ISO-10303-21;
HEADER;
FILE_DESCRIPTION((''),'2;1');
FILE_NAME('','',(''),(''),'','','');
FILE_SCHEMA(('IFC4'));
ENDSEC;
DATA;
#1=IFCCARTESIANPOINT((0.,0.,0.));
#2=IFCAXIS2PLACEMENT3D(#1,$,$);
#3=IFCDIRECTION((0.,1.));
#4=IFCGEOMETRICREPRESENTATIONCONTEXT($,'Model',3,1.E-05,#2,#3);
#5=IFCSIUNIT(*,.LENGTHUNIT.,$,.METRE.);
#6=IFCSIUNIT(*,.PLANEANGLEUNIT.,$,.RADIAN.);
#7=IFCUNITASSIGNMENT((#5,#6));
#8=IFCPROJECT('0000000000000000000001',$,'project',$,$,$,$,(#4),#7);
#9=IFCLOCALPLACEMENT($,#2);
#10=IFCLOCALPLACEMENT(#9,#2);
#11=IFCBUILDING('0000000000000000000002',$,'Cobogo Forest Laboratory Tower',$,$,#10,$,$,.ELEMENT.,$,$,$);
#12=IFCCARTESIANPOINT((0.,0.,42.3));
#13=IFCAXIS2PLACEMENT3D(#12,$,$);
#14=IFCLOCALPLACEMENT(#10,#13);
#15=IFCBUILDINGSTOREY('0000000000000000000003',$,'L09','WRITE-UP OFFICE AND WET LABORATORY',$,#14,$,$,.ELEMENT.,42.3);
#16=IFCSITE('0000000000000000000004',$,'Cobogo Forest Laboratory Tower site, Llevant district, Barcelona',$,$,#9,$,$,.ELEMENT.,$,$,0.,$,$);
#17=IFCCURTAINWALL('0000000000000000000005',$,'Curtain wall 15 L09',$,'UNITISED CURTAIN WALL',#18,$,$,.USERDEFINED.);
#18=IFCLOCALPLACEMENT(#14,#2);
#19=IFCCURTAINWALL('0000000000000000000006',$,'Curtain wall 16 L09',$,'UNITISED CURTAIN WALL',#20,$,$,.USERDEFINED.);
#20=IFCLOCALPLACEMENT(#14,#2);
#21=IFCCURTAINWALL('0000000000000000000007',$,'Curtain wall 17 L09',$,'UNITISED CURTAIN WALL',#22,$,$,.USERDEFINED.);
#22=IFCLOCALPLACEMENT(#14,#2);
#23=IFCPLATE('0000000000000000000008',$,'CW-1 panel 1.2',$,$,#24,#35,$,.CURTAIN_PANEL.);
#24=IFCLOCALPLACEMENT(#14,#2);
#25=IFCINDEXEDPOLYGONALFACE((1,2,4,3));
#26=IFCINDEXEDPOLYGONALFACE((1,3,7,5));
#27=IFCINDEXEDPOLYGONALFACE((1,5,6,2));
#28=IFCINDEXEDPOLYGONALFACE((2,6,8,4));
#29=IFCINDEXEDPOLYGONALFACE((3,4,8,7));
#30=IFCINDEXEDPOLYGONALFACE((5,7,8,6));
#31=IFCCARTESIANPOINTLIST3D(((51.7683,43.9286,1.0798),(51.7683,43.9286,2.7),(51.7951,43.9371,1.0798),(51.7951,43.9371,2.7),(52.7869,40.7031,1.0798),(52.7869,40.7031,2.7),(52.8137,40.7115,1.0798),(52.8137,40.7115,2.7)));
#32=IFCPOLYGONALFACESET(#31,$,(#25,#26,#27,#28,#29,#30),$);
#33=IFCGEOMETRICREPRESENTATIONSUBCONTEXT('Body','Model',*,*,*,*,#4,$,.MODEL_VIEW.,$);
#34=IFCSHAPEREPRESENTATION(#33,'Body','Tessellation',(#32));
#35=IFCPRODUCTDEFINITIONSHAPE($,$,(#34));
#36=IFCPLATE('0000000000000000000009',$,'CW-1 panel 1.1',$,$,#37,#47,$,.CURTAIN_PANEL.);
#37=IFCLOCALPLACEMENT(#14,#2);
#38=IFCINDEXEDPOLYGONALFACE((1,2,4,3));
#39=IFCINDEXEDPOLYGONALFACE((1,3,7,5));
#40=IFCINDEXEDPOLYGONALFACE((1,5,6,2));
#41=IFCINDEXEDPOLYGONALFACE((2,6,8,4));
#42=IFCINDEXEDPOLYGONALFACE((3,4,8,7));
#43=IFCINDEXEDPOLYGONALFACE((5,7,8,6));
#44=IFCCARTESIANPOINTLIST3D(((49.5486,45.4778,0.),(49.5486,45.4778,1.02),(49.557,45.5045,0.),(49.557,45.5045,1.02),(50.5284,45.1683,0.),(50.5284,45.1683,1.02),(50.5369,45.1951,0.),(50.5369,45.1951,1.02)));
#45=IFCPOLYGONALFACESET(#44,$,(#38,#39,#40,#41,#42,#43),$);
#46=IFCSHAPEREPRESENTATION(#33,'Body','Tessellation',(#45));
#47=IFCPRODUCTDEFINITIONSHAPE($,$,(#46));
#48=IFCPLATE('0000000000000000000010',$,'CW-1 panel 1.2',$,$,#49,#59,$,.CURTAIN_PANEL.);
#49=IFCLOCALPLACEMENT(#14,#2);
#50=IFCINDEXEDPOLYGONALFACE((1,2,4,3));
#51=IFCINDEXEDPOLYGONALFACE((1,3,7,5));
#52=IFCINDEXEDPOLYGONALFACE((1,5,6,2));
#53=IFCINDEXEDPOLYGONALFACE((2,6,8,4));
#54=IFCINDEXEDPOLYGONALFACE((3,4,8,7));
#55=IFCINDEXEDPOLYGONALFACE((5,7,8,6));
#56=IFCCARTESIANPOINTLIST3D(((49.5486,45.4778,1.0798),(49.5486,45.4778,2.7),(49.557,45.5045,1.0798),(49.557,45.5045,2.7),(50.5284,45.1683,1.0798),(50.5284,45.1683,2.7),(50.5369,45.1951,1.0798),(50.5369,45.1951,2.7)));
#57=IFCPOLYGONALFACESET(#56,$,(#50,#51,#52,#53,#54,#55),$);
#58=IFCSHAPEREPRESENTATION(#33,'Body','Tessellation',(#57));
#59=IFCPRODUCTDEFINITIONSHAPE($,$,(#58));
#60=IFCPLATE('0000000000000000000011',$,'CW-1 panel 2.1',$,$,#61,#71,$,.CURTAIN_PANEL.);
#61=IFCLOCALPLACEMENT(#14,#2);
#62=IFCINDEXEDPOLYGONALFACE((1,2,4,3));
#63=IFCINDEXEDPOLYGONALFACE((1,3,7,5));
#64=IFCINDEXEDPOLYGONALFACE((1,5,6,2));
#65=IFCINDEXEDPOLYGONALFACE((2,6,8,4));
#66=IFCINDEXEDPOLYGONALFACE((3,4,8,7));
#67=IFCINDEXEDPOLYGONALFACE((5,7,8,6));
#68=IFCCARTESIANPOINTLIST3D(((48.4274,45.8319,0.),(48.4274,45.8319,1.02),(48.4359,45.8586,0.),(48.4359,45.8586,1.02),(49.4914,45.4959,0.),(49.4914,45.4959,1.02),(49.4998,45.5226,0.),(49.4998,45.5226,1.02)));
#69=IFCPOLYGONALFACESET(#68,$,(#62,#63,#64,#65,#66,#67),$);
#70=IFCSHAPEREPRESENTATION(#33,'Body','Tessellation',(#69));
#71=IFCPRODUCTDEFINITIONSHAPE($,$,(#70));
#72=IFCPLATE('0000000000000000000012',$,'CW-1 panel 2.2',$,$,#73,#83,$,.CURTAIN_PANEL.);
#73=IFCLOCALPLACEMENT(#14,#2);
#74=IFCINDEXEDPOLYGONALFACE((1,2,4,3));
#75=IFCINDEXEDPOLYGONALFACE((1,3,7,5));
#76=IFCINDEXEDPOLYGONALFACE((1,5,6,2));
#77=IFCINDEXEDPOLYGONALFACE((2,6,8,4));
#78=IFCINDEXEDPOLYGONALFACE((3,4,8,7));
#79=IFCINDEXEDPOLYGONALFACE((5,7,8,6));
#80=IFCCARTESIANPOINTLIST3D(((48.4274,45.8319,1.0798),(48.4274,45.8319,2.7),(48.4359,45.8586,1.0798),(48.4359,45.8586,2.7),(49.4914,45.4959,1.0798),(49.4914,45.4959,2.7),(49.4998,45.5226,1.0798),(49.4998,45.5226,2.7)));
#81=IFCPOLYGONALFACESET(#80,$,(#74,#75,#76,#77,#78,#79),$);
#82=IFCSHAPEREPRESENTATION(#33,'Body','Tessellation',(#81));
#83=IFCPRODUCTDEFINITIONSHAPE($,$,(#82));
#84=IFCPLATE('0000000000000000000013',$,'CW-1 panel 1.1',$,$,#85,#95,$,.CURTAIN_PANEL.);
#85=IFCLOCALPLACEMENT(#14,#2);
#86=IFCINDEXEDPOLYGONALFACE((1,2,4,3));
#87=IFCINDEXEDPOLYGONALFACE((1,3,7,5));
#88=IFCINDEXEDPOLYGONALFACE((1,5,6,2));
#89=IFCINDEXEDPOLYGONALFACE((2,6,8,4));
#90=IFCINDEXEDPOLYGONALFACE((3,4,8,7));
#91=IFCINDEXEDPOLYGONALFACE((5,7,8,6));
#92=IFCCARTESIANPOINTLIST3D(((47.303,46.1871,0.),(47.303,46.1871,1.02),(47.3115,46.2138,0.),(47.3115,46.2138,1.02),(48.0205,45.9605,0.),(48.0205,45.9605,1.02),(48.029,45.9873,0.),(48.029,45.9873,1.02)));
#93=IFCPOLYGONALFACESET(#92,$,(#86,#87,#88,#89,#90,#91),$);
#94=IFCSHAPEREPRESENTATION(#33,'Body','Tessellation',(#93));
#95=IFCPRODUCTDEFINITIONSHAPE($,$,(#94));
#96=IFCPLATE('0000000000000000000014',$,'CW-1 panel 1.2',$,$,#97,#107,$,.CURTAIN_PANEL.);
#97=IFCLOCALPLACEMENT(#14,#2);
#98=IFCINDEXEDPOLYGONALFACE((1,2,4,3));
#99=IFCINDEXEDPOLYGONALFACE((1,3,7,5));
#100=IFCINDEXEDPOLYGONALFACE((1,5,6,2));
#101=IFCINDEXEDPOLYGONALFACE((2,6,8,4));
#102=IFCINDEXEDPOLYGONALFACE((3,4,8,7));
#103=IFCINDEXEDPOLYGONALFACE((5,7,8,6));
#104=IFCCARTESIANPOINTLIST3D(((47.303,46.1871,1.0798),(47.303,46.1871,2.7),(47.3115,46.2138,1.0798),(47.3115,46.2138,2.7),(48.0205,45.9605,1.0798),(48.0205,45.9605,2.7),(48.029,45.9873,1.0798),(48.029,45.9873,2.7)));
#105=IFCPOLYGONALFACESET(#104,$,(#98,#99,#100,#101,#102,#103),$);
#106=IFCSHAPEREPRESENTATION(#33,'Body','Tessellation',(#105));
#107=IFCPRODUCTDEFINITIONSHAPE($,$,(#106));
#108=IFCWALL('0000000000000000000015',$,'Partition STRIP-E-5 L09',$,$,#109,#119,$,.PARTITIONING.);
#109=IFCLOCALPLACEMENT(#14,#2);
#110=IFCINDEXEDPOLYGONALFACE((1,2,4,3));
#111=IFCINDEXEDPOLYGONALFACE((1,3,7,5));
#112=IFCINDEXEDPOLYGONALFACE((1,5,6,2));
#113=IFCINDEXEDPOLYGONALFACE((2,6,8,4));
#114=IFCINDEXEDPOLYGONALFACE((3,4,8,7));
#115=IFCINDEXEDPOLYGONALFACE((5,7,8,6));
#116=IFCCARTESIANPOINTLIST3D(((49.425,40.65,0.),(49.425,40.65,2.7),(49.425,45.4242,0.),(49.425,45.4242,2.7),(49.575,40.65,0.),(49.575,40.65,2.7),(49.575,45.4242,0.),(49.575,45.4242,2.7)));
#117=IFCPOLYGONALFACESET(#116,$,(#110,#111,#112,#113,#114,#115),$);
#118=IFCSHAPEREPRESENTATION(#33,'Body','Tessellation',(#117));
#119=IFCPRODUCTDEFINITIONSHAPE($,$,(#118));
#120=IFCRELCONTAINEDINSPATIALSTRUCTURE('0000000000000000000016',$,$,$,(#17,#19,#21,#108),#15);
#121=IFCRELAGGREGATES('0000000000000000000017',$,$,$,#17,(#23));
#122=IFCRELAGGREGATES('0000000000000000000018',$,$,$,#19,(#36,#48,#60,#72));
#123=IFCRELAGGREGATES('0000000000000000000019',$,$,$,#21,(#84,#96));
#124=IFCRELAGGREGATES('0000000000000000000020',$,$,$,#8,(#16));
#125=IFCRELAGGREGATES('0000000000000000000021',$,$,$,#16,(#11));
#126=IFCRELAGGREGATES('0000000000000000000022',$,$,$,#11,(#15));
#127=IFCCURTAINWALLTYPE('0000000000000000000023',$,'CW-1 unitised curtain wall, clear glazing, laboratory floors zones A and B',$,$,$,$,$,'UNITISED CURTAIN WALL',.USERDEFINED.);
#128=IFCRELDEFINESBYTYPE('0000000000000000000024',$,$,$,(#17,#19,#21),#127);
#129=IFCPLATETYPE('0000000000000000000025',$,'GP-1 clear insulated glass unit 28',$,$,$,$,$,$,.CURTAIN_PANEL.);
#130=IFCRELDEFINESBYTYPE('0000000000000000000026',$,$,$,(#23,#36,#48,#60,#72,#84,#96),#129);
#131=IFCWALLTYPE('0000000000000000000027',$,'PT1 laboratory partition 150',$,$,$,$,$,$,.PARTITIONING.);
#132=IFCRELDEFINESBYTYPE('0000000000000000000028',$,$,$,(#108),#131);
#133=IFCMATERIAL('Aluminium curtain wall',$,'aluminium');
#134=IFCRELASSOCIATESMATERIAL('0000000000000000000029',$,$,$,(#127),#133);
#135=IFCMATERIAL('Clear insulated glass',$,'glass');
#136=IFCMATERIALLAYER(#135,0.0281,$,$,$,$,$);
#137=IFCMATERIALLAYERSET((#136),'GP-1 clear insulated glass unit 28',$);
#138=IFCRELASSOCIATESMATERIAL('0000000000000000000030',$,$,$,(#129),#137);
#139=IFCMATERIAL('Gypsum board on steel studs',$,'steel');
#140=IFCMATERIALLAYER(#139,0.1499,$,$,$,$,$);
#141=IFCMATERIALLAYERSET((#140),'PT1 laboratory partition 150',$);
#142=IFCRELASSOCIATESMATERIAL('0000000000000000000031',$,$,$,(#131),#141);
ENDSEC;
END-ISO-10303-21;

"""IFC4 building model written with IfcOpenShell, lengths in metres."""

from ifc_helpers import new_model, si_unit, direction, frame, frame_2d, origin, origin_2d, place, context, subcontext, project, spatial, rectangle, extrude, material, layer, layer_set, type_object, element, aggregate, save


model = new_model("IFC4")

# Units and contexts
model_context = context("Model", 3, precision=1e-05, world=origin(), true_north=direction((0.0, 1.0)))
body_context = subcontext(model_context, "Body", "Model", "MODEL_VIEW")
ifc_project = project(units=[si_unit("LENGTHUNIT", "METRE"), si_unit("PLANEANGLEUNIT", "RADIAN")], contexts=[model_context])

# Site, building, storey
site_placement = place(None, origin())
site = spatial("IfcSite", under=ifc_project, at=site_placement, Name="Cobogo Forest Laboratory Tower site, Llevant district, Barcelona", CompositionType="ELEMENT", RefElevation=0.0)
building_placement = place(site_placement, origin())
building = spatial("IfcBuilding", under=site, at=building_placement, Name="Cobogo Forest Laboratory Tower", CompositionType="ELEMENT")
storey_placement = place(building_placement, frame((0.0, 0.0, 42.3)))
storey = spatial("IfcBuildingStorey", under=building, at=storey_placement, Name="L09", Description="WRITE-UP OFFICE AND WET LABORATORY", CompositionType="ELEMENT", Elevation=42.3)

# Curtain walls
ifc_material_1 = material(Name="Aluminium curtain wall", Category="aluminium")
curtain_wall_type = type_object("IfcCurtainWallType", Name="CW-1 unitised curtain wall, clear glazing, laboratory floors zones A and B", ElementType="UNITISED CURTAIN WALL", PredefinedType="USERDEFINED", material=ifc_material_1)
curtain_wall_1_placement = place(storey_placement, origin())
curtain_wall_1 = element("IfcCurtainWall", 1, at=curtain_wall_1_placement, inside=storey, type_object=curtain_wall_type, Name="Curtain wall 15 L09", ObjectType="UNITISED CURTAIN WALL", PredefinedType="USERDEFINED")
curtain_wall_2_placement = place(storey_placement, origin())
curtain_wall_2 = element("IfcCurtainWall", 2, at=curtain_wall_2_placement, inside=storey, type_object=curtain_wall_type, Name="Curtain wall 16 L09", ObjectType="UNITISED CURTAIN WALL", PredefinedType="USERDEFINED")
curtain_wall_3_placement = place(storey_placement, origin())
curtain_wall_3 = element("IfcCurtainWall", 3, at=curtain_wall_3_placement, inside=storey, type_object=curtain_wall_type, Name="Curtain wall 17 L09", ObjectType="UNITISED CURTAIN WALL", PredefinedType="USERDEFINED")

# Plates
ifc_material_2 = material(Name="Clear insulated glass", Category="glass")
ifc_layer_1 = layer(ifc_material_2, 0.0281)
ifc_layer_set_1 = layer_set([ifc_layer_1], Name="GP-1 clear insulated glass unit 28")
plate_type = type_object("IfcPlateType", Name="GP-1 clear insulated glass unit 28", PredefinedType="CURTAIN_PANEL", material=ifc_layer_set_1)
plate_1_placement = place(storey_placement, frame((52.291, 42.3201, 1.0798), z_axis=(0.0, 0.0, 1.0), x_axis=(-0.301135, 0.953581, 0.0)))
plate_1 = element("IfcPlate", 4, at=plate_1_placement, type_object=plate_type, Name="CW-1 panel 1.2", PredefinedType="CURTAIN_PANEL", context=body_context, shape_type="SweptSolid", body=[
    extrude(rectangle(XDim=3.3826, YDim=0.0281, at=origin_2d()), origin(), (0.0, 0.0, 1.0), 1.6201),
])
aggregate(curtain_wall_1, [plate_1])
plate_2_placement = place(storey_placement, frame((50.0427, 45.3364, 0.0), z_axis=(0.0, 0.0, 1.0), x_axis=(-0.953581, 0.301135, 0.0)))
plate_2 = element("IfcPlate", 5, at=plate_2_placement, type_object=plate_type, Name="CW-1 panel 1.1", PredefinedType="CURTAIN_PANEL", context=body_context, shape_type="SweptSolid", body=[
    extrude(rectangle(XDim=1.0276, YDim=0.0281, at=origin_2d()), origin(), (0.0, 0.0, 1.0), 1.02),
])
plate_3_placement = place(storey_placement, frame((50.0427, 45.3364, 1.0798), z_axis=(0.0, 0.0, 1.0), x_axis=(-0.953581, 0.301135, 0.0)))
plate_3 = element("IfcPlate", 6, at=plate_3_placement, type_object=plate_type, Name="CW-1 panel 1.2", PredefinedType="CURTAIN_PANEL", context=body_context, shape_type="SweptSolid", body=[
    extrude(rectangle(XDim=1.0276, YDim=0.0281, at=origin_2d()), origin(), (0.0, 0.0, 1.0), 1.6201),
])
plate_4_placement = place(storey_placement, frame((48.9636, 45.6772, 0.0), z_axis=(0.0, 0.0, 1.0), x_axis=(-0.953581, 0.301135, 0.0)))
plate_4 = element("IfcPlate", 7, at=plate_4_placement, type_object=plate_type, Name="CW-1 panel 2.1", PredefinedType="CURTAIN_PANEL", context=body_context, shape_type="SweptSolid", body=[
    extrude(rectangle(XDim=1.1157, YDim=0.0281, at=origin_2d()), origin(), (0.0, 0.0, 1.0), 1.02),
])
plate_5_placement = place(storey_placement, frame((48.9636, 45.6772, 1.0798), z_axis=(0.0, 0.0, 1.0), x_axis=(-0.953581, 0.301135, 0.0)))
plate_5 = element("IfcPlate", 8, at=plate_5_placement, type_object=plate_type, Name="CW-1 panel 2.2", PredefinedType="CURTAIN_PANEL", context=body_context, shape_type="SweptSolid", body=[
    extrude(rectangle(XDim=1.1157, YDim=0.0281, at=origin_2d()), origin(), (0.0, 0.0, 1.0), 1.6201),
])
aggregate(curtain_wall_2, [plate_2, plate_3, plate_4, plate_5])
plate_6_placement = place(storey_placement, frame((47.666, 46.0872, 0.0), z_axis=(0.0, 0.0, 1.0), x_axis=(-0.953582, 0.301135, 0.0)))
plate_6 = element("IfcPlate", 9, at=plate_6_placement, type_object=plate_type, Name="CW-1 panel 1.1", PredefinedType="CURTAIN_PANEL", context=body_context, shape_type="SweptSolid", body=[
    extrude(rectangle(XDim=0.7524, YDim=0.0281, at=origin_2d()), origin(), (0.0, 0.0, 1.0), 1.02),
])
plate_7_placement = place(storey_placement, frame((47.666, 46.0872, 1.0798), z_axis=(0.0, 0.0, 1.0), x_axis=(-0.953582, 0.301135, 0.0)))
plate_7 = element("IfcPlate", 10, at=plate_7_placement, type_object=plate_type, Name="CW-1 panel 1.2", PredefinedType="CURTAIN_PANEL", context=body_context, shape_type="SweptSolid", body=[
    extrude(rectangle(XDim=0.7524, YDim=0.0281, at=origin_2d()), origin(), (0.0, 0.0, 1.0), 1.6201),
])
aggregate(curtain_wall_3, [plate_6, plate_7])

# Wall
ifc_material_3 = material(Name="Gypsum board on steel studs", Category="steel")
ifc_layer_2 = layer(ifc_material_3, 0.1499)
ifc_layer_set_2 = layer_set([ifc_layer_2], Name="PT1 laboratory partition 150")
wall_type = type_object("IfcWallType", Name="PT1 laboratory partition 150", PredefinedType="PARTITIONING", material=ifc_layer_set_2)
wall_placement = place(storey_placement, frame((49.5, 40.6499, 0.0), z_axis=(0.0, 0.0, 1.0), x_axis=(0.0, 1.0, 0.0)))
element("IfcWall", 11, at=wall_placement, inside=storey, type_object=wall_type, Name="Partition STRIP-E-5 L09", PredefinedType="PARTITIONING", context=body_context, shape_type="SweptSolid", body=[
    extrude(rectangle(XDim=4.7742, YDim=0.1499, at=frame_2d((2.3872, 0.0))), origin(), (0.0, 0.0, 1.0), 2.7),
])

save(model, "model.ifc")
